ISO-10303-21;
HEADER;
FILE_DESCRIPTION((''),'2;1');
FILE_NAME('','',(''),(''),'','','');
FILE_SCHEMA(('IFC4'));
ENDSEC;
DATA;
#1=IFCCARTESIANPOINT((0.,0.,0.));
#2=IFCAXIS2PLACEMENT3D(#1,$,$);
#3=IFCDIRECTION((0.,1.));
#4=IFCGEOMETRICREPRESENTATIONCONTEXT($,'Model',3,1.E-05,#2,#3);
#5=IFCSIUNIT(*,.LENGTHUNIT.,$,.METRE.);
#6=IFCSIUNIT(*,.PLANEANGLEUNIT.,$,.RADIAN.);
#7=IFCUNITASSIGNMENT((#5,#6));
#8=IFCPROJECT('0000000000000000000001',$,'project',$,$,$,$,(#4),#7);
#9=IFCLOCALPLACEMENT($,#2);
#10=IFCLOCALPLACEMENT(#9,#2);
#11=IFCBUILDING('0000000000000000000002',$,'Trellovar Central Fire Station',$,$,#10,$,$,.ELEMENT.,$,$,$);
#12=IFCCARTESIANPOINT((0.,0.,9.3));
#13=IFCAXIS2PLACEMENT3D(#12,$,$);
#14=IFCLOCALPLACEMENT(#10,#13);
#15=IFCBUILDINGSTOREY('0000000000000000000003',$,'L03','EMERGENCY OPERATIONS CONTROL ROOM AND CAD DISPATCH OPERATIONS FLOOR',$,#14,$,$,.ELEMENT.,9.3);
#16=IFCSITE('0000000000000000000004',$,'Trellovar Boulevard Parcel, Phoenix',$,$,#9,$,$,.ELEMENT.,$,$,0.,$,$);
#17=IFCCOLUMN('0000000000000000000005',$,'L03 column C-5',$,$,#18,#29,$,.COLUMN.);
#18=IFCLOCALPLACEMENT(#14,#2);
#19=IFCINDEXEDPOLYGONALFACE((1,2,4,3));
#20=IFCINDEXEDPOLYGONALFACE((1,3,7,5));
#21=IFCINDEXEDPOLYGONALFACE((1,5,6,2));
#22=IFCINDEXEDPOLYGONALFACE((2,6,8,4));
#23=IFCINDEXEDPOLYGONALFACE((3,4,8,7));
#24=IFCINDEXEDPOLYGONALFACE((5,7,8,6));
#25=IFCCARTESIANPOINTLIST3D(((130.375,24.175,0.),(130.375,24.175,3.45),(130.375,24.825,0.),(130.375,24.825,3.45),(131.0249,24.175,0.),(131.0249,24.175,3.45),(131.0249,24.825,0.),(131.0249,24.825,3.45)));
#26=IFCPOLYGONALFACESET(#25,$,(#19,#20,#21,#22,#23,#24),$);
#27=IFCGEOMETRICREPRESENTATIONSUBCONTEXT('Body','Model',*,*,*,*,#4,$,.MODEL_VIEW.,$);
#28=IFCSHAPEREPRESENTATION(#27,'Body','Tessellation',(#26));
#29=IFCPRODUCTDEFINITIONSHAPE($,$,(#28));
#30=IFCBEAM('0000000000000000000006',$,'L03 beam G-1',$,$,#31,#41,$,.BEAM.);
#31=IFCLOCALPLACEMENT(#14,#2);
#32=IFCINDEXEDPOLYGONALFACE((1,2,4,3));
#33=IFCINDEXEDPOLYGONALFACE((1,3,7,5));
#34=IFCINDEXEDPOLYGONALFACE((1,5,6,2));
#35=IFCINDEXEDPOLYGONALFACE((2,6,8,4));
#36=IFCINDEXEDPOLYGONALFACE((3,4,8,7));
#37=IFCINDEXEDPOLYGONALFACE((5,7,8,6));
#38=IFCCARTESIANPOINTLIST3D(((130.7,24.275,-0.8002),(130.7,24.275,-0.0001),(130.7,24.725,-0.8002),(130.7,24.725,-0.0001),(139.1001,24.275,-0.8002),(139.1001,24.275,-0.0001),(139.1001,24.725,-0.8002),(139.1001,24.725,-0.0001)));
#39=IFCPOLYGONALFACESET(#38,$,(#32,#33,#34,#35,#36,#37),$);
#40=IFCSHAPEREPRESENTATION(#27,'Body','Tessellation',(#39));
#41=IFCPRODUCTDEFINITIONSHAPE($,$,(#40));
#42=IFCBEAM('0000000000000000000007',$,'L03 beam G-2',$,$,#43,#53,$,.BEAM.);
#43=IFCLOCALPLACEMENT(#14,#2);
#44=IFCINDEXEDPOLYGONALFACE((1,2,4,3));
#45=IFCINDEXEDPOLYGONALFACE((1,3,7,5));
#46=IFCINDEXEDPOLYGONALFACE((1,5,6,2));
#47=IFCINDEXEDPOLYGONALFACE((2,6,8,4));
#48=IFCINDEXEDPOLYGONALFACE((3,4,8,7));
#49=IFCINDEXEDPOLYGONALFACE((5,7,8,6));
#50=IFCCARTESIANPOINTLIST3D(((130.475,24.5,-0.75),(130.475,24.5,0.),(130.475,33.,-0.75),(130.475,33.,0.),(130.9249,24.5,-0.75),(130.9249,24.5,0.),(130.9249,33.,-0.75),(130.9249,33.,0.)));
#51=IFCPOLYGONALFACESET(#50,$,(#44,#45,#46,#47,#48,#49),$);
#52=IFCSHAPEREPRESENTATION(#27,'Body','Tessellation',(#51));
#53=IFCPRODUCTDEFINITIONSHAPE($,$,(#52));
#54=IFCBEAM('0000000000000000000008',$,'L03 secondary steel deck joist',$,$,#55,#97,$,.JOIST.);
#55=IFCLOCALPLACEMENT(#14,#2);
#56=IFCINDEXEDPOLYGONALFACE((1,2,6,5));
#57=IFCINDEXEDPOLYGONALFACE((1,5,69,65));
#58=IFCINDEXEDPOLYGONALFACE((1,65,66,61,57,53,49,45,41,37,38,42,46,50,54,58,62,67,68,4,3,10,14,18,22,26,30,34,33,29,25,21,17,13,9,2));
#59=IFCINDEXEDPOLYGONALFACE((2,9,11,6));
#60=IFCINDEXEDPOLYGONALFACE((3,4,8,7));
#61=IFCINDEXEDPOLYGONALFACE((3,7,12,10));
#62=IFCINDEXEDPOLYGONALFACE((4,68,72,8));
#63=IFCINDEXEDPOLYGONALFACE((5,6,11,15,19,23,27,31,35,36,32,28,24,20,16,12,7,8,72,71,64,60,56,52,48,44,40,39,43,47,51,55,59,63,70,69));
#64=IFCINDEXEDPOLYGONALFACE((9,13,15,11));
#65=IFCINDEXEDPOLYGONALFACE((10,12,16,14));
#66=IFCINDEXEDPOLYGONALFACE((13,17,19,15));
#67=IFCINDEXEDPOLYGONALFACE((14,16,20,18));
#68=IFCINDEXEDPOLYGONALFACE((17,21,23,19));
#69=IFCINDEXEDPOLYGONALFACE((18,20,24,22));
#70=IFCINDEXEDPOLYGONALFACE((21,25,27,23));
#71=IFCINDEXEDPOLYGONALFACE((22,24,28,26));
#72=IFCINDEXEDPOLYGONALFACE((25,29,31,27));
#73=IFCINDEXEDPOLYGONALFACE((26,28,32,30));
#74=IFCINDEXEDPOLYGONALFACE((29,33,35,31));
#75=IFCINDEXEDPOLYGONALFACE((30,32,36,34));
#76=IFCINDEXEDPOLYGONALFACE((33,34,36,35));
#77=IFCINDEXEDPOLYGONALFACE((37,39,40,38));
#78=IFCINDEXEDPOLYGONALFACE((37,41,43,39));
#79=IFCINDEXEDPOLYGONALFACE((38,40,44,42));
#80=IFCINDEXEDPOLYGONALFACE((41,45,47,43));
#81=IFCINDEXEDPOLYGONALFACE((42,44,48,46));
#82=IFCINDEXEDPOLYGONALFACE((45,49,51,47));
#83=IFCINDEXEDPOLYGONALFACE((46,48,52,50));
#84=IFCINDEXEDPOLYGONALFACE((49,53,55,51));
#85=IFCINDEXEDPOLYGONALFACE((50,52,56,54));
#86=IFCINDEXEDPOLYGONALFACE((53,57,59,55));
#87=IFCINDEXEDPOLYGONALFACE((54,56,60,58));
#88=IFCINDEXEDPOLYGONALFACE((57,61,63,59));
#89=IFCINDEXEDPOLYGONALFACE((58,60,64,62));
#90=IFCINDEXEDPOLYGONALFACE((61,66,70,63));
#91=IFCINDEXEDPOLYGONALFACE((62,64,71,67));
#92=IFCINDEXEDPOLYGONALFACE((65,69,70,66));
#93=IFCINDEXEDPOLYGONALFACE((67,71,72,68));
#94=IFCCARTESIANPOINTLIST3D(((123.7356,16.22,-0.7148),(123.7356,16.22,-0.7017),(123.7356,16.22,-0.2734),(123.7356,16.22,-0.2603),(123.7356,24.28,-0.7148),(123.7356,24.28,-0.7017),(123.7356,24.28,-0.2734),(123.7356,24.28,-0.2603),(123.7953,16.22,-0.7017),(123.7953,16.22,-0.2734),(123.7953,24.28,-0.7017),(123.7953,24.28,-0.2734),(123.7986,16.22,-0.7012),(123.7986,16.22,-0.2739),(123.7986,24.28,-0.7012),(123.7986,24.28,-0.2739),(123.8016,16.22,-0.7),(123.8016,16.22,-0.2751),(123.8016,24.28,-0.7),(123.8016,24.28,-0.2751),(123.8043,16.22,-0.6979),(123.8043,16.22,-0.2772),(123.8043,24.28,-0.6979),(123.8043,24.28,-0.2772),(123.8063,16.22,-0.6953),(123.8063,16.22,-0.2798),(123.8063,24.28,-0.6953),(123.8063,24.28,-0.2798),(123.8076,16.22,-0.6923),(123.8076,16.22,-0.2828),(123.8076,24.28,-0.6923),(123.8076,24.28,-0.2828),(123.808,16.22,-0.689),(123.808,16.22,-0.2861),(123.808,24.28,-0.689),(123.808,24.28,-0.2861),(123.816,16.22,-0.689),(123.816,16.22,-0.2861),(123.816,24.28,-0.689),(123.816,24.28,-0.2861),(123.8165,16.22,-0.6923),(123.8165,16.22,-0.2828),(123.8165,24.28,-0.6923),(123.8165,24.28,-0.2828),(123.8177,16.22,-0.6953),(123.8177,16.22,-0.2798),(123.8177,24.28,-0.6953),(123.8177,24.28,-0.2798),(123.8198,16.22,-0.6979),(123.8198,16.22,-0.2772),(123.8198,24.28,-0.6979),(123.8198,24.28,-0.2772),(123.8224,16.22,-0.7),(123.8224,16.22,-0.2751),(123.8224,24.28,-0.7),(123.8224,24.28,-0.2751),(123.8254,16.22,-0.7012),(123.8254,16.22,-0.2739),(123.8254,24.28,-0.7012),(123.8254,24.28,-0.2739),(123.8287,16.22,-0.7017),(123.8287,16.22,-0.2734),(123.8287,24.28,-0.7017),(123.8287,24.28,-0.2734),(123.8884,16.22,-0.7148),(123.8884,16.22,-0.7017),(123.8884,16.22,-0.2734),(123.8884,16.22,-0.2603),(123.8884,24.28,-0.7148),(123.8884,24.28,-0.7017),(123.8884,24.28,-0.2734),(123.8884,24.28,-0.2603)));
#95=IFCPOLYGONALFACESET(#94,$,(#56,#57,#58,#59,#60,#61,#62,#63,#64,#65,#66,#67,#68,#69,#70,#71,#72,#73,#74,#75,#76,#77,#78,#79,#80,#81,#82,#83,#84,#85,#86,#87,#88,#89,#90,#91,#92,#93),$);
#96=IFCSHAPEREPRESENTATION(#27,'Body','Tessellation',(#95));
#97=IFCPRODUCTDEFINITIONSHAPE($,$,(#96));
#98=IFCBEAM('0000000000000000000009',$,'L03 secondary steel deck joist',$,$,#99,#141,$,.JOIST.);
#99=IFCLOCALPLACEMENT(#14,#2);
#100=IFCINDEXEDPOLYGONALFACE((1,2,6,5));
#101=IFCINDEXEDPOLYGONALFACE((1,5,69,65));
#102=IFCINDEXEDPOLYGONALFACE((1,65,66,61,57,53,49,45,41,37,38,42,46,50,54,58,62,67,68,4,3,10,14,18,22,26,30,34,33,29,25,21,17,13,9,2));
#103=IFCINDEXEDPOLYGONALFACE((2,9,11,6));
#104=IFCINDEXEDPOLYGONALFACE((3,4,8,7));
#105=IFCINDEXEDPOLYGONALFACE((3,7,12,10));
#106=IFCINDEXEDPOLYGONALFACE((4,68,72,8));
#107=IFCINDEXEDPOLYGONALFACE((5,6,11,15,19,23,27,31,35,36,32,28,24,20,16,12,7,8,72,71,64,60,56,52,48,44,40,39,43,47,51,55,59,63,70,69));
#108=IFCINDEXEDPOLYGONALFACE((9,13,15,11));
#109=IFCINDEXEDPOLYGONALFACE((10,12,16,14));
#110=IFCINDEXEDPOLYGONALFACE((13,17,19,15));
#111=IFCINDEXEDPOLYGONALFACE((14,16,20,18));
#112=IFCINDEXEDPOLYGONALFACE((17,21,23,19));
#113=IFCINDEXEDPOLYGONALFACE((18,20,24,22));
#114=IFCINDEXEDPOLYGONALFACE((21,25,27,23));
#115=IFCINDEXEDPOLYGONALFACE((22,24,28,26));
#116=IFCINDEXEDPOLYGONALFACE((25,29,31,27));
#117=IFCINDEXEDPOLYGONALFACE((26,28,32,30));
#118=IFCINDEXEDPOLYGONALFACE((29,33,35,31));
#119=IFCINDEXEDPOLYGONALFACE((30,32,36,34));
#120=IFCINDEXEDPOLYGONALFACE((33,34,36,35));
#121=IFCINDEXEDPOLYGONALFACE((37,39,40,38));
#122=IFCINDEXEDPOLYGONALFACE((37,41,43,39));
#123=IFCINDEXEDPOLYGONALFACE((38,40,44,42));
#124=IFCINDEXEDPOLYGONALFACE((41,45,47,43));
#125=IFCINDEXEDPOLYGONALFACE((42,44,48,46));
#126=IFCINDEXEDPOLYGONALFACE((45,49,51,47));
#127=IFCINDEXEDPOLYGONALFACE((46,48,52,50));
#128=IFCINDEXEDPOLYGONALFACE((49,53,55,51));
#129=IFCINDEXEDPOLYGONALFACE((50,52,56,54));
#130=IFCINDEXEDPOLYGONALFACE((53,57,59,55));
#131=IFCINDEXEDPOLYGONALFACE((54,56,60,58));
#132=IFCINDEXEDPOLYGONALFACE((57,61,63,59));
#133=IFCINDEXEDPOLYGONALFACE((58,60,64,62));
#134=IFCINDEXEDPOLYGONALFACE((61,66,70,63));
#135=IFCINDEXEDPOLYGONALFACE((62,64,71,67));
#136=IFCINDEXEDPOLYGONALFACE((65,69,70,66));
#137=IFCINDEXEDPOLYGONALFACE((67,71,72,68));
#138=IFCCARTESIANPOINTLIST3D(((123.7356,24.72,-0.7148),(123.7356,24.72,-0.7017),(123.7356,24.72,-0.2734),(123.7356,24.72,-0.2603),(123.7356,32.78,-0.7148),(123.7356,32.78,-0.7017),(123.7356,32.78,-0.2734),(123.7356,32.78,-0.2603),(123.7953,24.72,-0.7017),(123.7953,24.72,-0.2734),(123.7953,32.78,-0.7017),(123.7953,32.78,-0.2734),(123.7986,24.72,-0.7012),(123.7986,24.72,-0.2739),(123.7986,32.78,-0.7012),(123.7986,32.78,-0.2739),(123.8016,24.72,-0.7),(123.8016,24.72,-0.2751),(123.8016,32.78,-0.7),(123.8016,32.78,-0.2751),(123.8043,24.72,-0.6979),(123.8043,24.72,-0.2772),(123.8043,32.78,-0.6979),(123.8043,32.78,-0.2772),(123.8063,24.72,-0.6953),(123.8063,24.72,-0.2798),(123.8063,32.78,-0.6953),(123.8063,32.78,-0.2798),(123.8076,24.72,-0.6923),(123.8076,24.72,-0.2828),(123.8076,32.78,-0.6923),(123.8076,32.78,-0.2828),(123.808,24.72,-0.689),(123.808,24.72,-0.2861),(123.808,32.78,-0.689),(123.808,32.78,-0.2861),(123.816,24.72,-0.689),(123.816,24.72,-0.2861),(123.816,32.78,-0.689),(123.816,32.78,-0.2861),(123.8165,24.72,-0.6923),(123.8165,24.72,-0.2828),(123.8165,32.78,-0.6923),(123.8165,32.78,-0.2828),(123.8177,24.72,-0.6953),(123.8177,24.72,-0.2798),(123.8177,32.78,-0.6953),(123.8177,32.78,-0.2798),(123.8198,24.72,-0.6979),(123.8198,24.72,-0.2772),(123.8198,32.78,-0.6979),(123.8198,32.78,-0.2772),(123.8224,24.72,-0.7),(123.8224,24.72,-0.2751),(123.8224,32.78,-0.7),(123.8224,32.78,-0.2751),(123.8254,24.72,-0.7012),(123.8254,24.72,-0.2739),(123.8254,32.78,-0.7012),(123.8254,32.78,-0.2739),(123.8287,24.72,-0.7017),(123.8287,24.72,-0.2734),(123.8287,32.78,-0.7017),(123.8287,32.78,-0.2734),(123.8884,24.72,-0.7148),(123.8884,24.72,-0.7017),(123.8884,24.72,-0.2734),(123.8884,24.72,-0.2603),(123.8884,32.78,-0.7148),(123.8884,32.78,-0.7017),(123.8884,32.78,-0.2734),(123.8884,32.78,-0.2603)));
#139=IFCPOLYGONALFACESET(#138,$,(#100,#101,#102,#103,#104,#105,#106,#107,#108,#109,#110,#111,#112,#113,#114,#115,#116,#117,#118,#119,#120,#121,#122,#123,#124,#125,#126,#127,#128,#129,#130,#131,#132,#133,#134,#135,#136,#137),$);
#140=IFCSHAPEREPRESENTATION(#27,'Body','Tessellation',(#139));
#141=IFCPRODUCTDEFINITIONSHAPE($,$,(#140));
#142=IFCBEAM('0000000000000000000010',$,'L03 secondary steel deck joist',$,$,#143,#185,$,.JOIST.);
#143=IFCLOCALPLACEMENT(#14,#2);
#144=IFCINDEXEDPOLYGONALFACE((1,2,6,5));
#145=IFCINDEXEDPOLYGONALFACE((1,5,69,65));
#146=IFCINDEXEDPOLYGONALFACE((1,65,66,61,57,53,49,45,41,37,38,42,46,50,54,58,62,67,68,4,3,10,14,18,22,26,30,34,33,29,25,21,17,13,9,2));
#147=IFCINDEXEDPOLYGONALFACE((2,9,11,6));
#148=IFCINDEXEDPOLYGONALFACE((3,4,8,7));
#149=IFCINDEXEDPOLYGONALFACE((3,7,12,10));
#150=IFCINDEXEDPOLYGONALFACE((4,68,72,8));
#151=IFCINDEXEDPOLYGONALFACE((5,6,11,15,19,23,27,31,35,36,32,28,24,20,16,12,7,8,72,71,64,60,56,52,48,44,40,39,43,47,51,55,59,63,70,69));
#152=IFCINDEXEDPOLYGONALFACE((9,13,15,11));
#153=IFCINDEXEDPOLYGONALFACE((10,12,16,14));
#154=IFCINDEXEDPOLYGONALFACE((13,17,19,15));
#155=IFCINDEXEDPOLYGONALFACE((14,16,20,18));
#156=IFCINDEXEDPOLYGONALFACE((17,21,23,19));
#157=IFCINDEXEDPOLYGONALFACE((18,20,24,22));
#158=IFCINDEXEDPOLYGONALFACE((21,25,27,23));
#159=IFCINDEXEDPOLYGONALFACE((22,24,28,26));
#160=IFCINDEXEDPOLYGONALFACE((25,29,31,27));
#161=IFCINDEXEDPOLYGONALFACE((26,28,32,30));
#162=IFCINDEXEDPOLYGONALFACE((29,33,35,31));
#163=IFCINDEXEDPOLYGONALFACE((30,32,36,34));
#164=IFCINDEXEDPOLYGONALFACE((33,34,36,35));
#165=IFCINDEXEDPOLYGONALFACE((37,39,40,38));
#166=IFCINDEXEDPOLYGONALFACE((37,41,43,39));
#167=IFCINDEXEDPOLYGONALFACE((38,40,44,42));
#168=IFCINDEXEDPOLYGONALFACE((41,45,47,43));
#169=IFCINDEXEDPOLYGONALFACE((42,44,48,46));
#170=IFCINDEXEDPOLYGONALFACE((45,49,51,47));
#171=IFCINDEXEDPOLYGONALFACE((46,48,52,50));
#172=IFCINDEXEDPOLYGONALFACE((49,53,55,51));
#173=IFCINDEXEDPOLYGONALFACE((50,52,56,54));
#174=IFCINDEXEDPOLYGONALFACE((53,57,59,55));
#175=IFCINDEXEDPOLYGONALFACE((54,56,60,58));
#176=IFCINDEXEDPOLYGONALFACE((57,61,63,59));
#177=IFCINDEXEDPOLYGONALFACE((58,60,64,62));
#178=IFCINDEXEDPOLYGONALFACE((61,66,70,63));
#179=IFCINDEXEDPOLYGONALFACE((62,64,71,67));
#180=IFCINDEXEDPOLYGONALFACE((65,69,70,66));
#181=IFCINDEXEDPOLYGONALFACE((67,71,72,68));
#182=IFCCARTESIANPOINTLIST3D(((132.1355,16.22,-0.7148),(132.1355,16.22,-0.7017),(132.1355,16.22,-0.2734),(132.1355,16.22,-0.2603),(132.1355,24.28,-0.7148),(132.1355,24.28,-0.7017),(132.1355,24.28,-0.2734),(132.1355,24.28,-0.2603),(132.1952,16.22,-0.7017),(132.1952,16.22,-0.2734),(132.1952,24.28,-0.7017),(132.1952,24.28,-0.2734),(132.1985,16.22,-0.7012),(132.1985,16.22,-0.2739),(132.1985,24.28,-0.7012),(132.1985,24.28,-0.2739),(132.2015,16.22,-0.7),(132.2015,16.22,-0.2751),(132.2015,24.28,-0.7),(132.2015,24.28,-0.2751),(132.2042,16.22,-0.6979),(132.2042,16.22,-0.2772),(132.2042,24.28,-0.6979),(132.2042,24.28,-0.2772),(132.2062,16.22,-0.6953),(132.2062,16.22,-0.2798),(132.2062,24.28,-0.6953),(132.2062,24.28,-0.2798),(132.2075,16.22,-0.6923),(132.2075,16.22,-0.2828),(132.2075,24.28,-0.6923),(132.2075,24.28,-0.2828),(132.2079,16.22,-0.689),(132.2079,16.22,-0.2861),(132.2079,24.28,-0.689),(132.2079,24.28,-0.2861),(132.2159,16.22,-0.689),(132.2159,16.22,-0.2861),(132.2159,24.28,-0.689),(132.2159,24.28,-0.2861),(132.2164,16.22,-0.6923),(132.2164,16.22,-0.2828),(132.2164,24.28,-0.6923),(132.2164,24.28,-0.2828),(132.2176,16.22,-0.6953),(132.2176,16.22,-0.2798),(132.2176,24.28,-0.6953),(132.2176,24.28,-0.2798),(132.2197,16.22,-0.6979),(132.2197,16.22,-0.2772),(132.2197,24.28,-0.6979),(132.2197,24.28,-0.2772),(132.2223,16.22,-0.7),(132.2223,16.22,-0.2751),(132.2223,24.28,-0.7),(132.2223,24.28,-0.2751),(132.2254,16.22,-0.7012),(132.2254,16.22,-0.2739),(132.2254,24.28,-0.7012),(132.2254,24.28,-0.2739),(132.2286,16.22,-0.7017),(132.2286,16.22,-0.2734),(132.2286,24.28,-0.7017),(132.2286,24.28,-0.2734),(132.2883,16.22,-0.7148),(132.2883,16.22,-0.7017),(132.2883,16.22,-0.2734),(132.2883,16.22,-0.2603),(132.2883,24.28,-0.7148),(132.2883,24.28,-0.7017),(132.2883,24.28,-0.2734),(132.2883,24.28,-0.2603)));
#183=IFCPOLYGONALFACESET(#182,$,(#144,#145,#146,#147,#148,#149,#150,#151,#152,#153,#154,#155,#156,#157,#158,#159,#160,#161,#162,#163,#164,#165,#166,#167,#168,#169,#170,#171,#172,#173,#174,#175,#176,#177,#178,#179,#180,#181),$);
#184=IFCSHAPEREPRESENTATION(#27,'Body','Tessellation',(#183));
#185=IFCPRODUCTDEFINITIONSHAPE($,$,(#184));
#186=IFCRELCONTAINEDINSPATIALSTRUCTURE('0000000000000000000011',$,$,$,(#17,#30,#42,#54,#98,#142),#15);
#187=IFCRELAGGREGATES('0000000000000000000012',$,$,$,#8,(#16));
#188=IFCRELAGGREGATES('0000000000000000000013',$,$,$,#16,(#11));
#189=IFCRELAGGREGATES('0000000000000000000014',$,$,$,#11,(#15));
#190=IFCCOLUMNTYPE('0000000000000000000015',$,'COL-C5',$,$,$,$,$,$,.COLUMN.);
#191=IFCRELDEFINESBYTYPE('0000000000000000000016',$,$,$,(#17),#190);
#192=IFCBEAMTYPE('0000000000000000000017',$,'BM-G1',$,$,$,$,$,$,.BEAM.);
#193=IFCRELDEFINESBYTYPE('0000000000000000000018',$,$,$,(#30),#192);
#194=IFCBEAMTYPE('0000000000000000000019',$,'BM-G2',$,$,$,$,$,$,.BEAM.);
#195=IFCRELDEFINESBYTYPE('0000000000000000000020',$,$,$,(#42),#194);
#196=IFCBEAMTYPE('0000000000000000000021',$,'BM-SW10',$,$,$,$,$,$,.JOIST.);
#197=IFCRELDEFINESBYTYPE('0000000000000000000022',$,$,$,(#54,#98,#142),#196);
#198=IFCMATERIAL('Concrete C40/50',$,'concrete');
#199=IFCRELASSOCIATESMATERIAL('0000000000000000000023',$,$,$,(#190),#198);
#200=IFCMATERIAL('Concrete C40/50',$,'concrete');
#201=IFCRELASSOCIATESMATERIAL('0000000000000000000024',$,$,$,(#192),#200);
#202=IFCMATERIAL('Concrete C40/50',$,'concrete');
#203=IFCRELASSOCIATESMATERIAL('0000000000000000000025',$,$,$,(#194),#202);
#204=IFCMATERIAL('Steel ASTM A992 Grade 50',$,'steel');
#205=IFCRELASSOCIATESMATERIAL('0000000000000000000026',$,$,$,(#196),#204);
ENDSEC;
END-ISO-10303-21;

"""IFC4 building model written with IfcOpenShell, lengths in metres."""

from ifc_helpers import new_model, si_unit, direction, frame, origin, origin_2d, place, context, subcontext, project, spatial, rectangle, i_section, extrude, material, material_profile, profile_set, type_object, element, save


model = new_model("IFC4")

# Units and contexts
model_context = context("Model", 3, precision=1e-05, world=origin(), true_north=direction((0.0, 1.0)))
body_context = subcontext(model_context, "Body", "Model", "MODEL_VIEW")
ifc_project = project(units=[si_unit("LENGTHUNIT", "METRE"), si_unit("PLANEANGLEUNIT", "RADIAN")], contexts=[model_context])

# Site, building, storey
site_placement = place(None, origin())
site = spatial("IfcSite", under=ifc_project, at=site_placement, Name="Trellovar Boulevard Parcel, Phoenix", CompositionType="ELEMENT", RefElevation=0.0)
building_placement = place(site_placement, origin())
building = spatial("IfcBuilding", under=site, at=building_placement, Name="Trellovar Central Fire Station", CompositionType="ELEMENT")
storey_placement = place(building_placement, frame((0.0, 0.0, 9.3)))
storey = spatial("IfcBuildingStorey", under=building, at=storey_placement, Name="L03", Description="EMERGENCY OPERATIONS CONTROL ROOM AND CAD DISPATCH OPERATIONS FLOOR", CompositionType="ELEMENT", Elevation=9.3)

# Column
ifc_material_1 = material(Name="Concrete C40/50", Category="concrete")
ifc_material_profile_1 = material_profile(ifc_material_1, rectangle(XDim=0.6499, YDim=0.6499, at=origin_2d()), Name="RC650X650")
ifc_profile_set_1 = profile_set([ifc_material_profile_1], Name="Concrete C40/50")
column_type = type_object("IfcColumnType", Name="COL-C5", PredefinedType="COLUMN", material=ifc_profile_set_1)
column_placement = place(storey_placement, frame((130.7, 24.5, 0.0), z_axis=(0.0, 0.0, 1.0), x_axis=(1.0, 0.0, 0.0)))
element("IfcColumn", 1, at=column_placement, inside=storey, type_object=column_type, Name="L03 column C-5", PredefinedType="COLUMN", context=body_context, shape_type="SweptSolid", body=[
    extrude(rectangle(XDim=0.6499, YDim=0.6499, at=origin_2d()), origin(), (0.0, 0.0, 1.0), 3.45),
])

# Beams
ifc_material_2 = material(Name="Concrete C40/50", Category="concrete")
ifc_material_profile_2 = material_profile(ifc_material_2, rectangle(XDim=0.45, YDim=0.8, at=origin_2d()), Name="RC450X800")
ifc_profile_set_2 = profile_set([ifc_material_profile_2], Name="Concrete C40/50")
beam_type_1 = type_object("IfcBeamType", Name="BM-G1", PredefinedType="BEAM", material=ifc_profile_set_2)
beam_1_placement = place(storey_placement, frame((130.7, 24.5, -0.4001), z_axis=(1.0, 0.0, 0.0), x_axis=(0.0, 1.0, 0.0)))
element("IfcBeam", 2, at=beam_1_placement, inside=storey, type_object=beam_type_1, Name="L03 beam G-1", PredefinedType="BEAM", context=body_context, shape_type="SweptSolid", body=[
    extrude(rectangle(XDim=0.45, YDim=0.8, at=origin_2d()), origin(), (0.0, 0.0, 1.0), 8.4001),
])
ifc_material_3 = material(Name="Concrete C40/50", Category="concrete")
ifc_material_profile_3 = material_profile(ifc_material_3, rectangle(XDim=0.45, YDim=0.75, at=origin_2d()), Name="RC450X750")
ifc_profile_set_3 = profile_set([ifc_material_profile_3], Name="Concrete C40/50")
beam_type_2 = type_object("IfcBeamType", Name="BM-G2", PredefinedType="BEAM", material=ifc_profile_set_3)
beam_2_placement = place(storey_placement, frame((130.7, 24.5, -0.375), z_axis=(0.0, 1.0, 0.0), x_axis=(-1.0, 0.0, 0.0)))
element("IfcBeam", 3, at=beam_2_placement, inside=storey, type_object=beam_type_2, Name="L03 beam G-2", PredefinedType="BEAM", context=body_context, shape_type="SweptSolid", body=[
    extrude(rectangle(XDim=0.45, YDim=0.75, at=origin_2d()), origin(), (0.0, 0.0, 1.0), 8.5),
])
ifc_material_4 = material(Name="Steel ASTM A992 Grade 50", Category="steel")
ifc_material_profile_4 = material_profile(ifc_material_4, i_section(OverallWidth=0.1528, OverallDepth=0.4546, WebThickness=0.0081, FlangeThickness=0.0132, FilletRadius=0.0127, at=origin_2d()), Name="W18X40")
ifc_profile_set_4 = profile_set([ifc_material_profile_4], Name="Steel ASTM A992 Grade 50")
beam_type_3 = type_object("IfcBeamType", Name="BM-SW10", PredefinedType="JOIST", material=ifc_profile_set_4)
for number, where, z_axis, x_axis, name in (
    (4, (123.812, 16.22, -0.4875), (0.0, 1.0, 0.0), (-1.0, 0.0, 0.0), "L03 secondary steel deck joist"),
    (5, (123.812, 24.72, -0.4875), (0.0, 1.0, 0.0), (-1.0, 0.0, 0.0), "L03 secondary steel deck joist"),
    (6, (132.2119, 16.22, -0.4875), (0.0, 1.0, 0.0), (-1.0, 0.0, 0.0), "L03 secondary steel deck joist"),
):
    element("IfcBeam", number, at=place(storey_placement, frame(where, z_axis=z_axis, x_axis=x_axis)), inside=storey, type_object=beam_type_3, Name=name, PredefinedType="JOIST", context=body_context, shape_type="SweptSolid", body=[
        extrude(i_section(OverallWidth=0.1528, OverallDepth=0.4546, WebThickness=0.0081, FlangeThickness=0.0132, FilletRadius=0.0127, at=origin_2d()), origin(), (0.0, 0.0, 1.0), 8.0601),
    ])

save(model, "model.ifc")
